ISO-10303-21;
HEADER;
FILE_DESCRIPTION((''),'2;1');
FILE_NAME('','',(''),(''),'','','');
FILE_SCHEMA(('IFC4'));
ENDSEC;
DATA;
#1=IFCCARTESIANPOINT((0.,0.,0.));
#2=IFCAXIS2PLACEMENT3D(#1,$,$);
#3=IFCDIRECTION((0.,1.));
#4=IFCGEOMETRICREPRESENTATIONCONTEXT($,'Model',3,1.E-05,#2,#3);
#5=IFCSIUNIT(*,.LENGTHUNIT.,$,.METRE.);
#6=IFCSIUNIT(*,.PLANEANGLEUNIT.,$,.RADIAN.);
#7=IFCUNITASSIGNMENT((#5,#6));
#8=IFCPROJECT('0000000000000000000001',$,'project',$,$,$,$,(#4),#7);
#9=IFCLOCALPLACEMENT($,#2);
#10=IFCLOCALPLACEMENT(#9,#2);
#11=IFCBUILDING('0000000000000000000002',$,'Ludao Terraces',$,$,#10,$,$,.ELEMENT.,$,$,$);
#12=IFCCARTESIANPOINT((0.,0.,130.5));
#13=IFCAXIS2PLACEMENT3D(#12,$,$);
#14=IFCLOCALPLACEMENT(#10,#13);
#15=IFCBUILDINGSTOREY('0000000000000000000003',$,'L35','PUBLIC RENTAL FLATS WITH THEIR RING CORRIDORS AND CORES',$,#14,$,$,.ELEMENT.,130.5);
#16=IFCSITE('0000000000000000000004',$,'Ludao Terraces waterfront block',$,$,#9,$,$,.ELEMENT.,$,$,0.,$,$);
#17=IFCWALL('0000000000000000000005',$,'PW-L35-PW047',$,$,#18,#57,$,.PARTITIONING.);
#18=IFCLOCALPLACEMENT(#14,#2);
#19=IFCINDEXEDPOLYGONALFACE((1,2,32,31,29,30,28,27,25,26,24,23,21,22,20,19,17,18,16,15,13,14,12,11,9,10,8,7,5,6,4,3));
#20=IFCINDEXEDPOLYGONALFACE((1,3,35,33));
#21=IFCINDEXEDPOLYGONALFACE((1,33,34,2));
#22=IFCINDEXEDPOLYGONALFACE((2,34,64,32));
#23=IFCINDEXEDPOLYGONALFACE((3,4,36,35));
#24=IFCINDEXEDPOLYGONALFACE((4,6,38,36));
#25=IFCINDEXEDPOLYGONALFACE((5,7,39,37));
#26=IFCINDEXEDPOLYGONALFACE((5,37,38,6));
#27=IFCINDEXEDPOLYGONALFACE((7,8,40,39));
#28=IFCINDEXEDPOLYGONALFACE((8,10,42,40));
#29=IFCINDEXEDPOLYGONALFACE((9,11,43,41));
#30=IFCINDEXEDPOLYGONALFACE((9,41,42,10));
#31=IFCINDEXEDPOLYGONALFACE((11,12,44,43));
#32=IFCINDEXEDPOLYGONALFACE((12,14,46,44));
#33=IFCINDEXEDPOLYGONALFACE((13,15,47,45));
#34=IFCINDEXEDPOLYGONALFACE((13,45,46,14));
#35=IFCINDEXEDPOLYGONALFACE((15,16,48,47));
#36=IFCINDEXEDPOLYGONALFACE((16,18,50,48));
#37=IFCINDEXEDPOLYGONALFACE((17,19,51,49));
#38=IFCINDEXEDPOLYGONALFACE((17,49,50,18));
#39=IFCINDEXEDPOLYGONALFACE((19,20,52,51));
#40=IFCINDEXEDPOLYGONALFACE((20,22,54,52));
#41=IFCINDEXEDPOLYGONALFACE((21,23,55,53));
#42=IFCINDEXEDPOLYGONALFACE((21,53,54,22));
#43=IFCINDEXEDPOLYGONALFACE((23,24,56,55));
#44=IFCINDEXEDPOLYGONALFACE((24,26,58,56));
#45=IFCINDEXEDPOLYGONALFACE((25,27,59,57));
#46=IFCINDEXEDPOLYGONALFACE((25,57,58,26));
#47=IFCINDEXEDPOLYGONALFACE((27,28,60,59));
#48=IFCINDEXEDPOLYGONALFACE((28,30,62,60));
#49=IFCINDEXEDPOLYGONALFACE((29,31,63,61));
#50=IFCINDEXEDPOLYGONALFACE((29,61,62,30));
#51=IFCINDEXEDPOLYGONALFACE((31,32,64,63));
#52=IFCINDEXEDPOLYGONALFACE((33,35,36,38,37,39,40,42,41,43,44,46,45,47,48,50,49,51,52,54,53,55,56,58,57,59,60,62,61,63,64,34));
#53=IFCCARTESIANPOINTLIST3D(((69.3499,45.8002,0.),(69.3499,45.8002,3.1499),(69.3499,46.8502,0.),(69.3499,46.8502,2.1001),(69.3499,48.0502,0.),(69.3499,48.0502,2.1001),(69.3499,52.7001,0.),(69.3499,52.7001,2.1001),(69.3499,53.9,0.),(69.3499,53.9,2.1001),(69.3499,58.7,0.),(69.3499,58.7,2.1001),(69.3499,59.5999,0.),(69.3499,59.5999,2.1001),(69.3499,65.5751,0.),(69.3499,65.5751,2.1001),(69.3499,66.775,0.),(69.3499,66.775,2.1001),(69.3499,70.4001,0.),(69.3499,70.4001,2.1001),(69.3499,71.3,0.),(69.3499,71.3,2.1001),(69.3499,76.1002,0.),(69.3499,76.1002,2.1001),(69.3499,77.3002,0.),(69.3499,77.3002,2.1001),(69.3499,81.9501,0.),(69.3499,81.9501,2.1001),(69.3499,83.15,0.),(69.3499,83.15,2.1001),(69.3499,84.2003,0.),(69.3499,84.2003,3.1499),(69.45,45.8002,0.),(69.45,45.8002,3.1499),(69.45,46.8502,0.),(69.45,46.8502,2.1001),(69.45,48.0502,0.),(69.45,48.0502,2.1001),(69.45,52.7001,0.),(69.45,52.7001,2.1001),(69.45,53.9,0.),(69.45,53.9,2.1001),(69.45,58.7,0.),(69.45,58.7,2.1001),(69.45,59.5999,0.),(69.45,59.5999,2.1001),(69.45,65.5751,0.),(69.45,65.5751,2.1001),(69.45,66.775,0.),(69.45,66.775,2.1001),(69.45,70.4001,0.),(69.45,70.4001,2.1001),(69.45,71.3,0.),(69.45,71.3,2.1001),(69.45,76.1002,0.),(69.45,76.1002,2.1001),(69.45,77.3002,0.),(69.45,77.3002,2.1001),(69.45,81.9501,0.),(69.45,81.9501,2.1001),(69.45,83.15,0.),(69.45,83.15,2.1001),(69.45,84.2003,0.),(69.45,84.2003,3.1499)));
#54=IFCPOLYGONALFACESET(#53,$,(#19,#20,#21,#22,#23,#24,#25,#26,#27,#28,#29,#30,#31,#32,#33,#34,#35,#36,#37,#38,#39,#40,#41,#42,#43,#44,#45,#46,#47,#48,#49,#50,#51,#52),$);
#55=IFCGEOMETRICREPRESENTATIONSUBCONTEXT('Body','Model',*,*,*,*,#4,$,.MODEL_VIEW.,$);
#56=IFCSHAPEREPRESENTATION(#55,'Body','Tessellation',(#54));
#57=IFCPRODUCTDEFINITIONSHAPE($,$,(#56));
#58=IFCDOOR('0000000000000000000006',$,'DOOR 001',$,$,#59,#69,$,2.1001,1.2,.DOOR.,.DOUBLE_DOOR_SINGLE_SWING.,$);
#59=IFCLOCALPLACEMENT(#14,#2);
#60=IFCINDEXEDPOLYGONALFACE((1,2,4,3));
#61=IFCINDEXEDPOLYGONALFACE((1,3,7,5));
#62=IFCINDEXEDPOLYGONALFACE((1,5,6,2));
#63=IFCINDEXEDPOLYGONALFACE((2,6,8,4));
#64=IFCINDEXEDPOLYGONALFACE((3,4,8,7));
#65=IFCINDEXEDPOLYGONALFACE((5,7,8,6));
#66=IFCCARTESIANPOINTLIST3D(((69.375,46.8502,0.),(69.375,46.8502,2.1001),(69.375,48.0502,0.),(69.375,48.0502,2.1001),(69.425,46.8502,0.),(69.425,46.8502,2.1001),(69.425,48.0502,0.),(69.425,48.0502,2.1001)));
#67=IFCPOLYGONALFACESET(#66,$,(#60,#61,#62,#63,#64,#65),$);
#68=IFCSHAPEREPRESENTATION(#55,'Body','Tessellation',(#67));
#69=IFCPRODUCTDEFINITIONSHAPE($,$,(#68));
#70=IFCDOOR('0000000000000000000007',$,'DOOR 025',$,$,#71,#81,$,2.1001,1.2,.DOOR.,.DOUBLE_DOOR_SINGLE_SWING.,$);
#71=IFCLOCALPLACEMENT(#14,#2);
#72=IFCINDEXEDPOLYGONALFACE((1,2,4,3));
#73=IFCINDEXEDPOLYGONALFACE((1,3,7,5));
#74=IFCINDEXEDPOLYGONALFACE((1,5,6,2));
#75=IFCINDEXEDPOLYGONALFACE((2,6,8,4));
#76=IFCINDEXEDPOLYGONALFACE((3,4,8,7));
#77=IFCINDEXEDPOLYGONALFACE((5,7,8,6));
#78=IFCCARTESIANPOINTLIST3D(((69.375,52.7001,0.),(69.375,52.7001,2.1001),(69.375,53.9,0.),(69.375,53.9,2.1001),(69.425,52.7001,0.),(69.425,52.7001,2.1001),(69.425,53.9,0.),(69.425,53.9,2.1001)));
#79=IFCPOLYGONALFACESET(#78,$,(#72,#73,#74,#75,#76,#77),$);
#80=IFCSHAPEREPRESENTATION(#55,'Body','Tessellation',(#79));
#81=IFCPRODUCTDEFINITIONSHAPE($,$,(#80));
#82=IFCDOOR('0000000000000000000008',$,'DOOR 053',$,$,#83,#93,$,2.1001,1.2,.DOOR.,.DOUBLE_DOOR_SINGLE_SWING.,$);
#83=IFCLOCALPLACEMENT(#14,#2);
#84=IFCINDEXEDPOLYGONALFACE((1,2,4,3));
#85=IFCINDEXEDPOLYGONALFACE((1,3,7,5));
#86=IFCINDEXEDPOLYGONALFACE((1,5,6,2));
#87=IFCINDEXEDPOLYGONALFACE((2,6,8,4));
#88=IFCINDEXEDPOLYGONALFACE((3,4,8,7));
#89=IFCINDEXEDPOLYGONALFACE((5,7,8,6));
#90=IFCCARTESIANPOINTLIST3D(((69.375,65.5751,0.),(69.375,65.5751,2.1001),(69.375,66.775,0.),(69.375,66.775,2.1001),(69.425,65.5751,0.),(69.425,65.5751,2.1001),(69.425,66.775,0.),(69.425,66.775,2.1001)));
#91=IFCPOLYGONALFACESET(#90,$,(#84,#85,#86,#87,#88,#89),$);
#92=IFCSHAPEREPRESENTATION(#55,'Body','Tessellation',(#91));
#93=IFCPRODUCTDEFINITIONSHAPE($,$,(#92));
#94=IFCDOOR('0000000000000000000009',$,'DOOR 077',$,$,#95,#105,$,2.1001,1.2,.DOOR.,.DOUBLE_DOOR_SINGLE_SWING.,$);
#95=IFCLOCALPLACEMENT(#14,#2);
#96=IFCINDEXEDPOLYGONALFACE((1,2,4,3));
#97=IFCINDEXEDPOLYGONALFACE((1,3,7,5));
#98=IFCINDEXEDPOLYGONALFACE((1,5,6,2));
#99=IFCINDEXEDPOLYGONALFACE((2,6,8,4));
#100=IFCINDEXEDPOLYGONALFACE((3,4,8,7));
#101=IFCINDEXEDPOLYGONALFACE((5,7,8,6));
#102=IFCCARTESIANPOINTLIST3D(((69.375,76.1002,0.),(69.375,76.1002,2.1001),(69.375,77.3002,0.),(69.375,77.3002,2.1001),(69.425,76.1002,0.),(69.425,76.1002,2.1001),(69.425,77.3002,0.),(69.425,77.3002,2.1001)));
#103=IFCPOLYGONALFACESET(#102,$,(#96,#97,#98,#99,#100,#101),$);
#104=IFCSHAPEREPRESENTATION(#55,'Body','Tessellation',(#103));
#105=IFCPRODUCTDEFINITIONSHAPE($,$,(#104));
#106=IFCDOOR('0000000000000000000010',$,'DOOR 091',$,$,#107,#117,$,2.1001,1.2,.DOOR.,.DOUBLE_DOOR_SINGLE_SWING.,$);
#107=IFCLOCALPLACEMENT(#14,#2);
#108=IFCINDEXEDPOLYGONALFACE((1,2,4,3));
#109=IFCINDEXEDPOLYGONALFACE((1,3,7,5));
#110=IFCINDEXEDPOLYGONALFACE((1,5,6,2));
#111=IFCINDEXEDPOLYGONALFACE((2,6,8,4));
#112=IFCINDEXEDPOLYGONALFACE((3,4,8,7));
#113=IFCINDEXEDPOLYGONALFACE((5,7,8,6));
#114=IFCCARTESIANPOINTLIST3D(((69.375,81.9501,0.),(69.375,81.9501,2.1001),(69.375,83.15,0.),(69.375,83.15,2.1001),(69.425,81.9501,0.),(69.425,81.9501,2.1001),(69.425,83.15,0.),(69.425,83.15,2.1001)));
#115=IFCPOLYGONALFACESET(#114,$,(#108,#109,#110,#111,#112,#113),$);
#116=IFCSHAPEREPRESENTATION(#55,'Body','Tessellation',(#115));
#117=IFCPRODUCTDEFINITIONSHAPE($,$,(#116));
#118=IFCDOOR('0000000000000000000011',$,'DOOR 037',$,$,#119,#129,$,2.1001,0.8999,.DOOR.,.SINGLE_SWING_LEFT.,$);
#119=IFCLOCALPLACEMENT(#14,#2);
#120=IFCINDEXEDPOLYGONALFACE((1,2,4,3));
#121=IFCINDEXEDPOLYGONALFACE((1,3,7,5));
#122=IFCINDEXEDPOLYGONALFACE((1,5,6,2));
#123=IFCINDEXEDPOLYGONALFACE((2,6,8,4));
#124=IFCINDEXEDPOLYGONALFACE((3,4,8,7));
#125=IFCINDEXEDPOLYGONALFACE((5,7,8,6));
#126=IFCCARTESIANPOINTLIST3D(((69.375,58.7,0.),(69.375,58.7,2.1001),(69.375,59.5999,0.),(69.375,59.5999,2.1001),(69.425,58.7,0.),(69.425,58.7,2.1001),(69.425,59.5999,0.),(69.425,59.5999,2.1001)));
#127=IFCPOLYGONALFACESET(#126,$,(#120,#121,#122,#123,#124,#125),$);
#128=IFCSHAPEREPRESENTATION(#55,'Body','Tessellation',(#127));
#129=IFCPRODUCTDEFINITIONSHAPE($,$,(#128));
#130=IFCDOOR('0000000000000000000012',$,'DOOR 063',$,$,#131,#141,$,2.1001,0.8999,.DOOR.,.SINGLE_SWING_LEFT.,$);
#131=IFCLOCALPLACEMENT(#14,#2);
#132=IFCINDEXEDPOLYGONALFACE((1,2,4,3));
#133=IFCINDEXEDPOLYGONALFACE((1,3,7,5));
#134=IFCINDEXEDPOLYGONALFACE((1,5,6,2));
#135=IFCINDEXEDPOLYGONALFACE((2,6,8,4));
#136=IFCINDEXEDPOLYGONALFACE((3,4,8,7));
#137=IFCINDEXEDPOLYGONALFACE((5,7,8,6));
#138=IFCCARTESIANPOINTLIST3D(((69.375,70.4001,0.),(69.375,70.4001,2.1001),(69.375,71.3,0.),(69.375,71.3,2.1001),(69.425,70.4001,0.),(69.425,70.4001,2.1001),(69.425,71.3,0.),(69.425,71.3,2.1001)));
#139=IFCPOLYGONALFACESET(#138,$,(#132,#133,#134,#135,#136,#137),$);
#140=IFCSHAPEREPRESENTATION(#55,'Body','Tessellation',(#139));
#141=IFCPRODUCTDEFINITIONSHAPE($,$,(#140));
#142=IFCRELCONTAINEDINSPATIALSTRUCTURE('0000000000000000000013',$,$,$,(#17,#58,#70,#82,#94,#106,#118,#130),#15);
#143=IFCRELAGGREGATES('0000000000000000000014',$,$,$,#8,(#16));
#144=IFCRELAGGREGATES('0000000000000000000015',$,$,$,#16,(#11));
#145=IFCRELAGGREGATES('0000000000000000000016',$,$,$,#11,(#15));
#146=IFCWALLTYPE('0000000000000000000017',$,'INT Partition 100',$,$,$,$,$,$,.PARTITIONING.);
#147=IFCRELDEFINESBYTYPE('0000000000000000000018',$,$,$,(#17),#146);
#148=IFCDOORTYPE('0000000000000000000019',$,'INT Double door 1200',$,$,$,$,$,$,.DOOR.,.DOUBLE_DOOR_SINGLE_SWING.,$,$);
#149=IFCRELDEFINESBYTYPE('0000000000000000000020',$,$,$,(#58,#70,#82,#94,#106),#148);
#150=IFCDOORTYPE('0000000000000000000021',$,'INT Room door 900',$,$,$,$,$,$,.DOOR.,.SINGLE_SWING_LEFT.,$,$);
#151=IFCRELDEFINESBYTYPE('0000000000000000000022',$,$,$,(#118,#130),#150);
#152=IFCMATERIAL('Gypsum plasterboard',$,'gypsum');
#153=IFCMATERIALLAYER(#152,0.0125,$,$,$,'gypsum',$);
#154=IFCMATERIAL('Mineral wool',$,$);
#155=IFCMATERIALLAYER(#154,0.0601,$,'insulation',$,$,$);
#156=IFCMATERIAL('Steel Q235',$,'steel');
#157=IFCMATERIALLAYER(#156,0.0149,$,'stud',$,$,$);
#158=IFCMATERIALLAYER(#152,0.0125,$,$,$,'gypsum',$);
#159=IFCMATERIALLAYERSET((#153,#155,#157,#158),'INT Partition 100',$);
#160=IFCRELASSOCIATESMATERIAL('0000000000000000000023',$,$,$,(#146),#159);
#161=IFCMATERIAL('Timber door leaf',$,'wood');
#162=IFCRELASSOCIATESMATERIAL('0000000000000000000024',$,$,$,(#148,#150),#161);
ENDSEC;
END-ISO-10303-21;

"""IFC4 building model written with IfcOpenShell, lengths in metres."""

from ifc_helpers import new_model, si_unit, direction, frame, frame_2d, origin, place, context, subcontext, project, spatial, rectangle, extrude, material, layer, layer_set, type_object, element, fill, save


model = new_model("IFC4")

# Units and contexts
model_context = context("Model", 3, precision=1e-05, world=origin(), true_north=direction((0.0, 1.0)))
body_context = subcontext(model_context, "Body", "Model", "MODEL_VIEW")
ifc_project = project(units=[si_unit("LENGTHUNIT", "METRE"), si_unit("PLANEANGLEUNIT", "RADIAN")], contexts=[model_context])

# Site, building, storey
site_placement = place(None, origin())
site = spatial("IfcSite", under=ifc_project, at=site_placement, Name="Ludao Terraces waterfront block", CompositionType="ELEMENT", RefElevation=0.0)
building_placement = place(site_placement, origin())
building = spatial("IfcBuilding", under=site, at=building_placement, Name="Ludao Terraces", CompositionType="ELEMENT")
storey_placement = place(building_placement, frame((0.0, 0.0, 130.5)))
storey = spatial("IfcBuildingStorey", under=building, at=storey_placement, Name="L35", Description="PUBLIC RENTAL FLATS WITH THEIR RING CORRIDORS AND CORES", CompositionType="ELEMENT", Elevation=130.5)

# Shared definitions
ifc_material_1 = material(Name="Mineral wool")

# Wall, openings, doors
ifc_material_2 = material(Name="Gypsum plasterboard", Category="gypsum")
ifc_layer_1 = layer(ifc_material_2, 0.0125, Category="gypsum")
ifc_layer_2 = layer(ifc_material_1, 0.0601, Name="insulation")
ifc_material_3 = material(Name="Steel Q235", Category="steel")
ifc_layer_3 = layer(ifc_material_3, 0.0149, Name="stud")
ifc_layer_4 = layer(ifc_material_2, 0.0125, Category="gypsum")
ifc_layer_set_1 = layer_set([ifc_layer_1, ifc_layer_2, ifc_layer_3, ifc_layer_4], Name="INT Partition 100")
wall_type_1 = type_object("IfcWallType", Name="INT Partition 100", PredefinedType="PARTITIONING", material=ifc_layer_set_1)
ifc_material_4 = material(Name="Timber door leaf", Category="wood")
wall_1_placement = place(storey_placement, frame((69.3999, 45.8, 0.0), z_axis=(0.0, 0.0, 1.0), x_axis=(0.0, 1.0, 0.0)))
wall_1 = element("IfcWall", 1, at=wall_1_placement, inside=storey, type_object=wall_type_1, Name="PW-L35-PW047", PredefinedType="PARTITIONING", context=body_context, shape_type="SweptSolid", body=[
    extrude(rectangle(XDim=38.4001, YDim=0.1001, at=frame_2d((19.2002, 0.0))), origin(), (0.0, 0.0, 1.0), 3.1499),
])
opening_1_placement = place(wall_1_placement, frame((1.05, 0.0, 0.0)))
opening_1 = element("IfcOpeningElement", 2, at=opening_1_placement, cuts=wall_1, PredefinedType="OPENING", context=body_context, shape_type="SweptSolid", body=[
    extrude(rectangle(XDim=1.2, YDim=2.1001, at=frame_2d((0.6001, 1.05))), frame((0.0, 0.0601, 0.0), z_axis=(0.0, -1.0, 0.0), x_axis=(1.0, 0.0, 0.0)), (0.0, 0.0, 1.0), 0.1201),
])
opening_2_placement = place(wall_1_placement, frame((6.8999, 0.0, 0.0)))
opening_2 = element("IfcOpeningElement", 3, at=opening_2_placement, cuts=wall_1, PredefinedType="OPENING", context=body_context, shape_type="SweptSolid", body=[
    extrude(rectangle(XDim=1.2, YDim=2.1001, at=frame_2d((0.6001, 1.05))), frame((0.0, 0.0601, 0.0), z_axis=(0.0, -1.0, 0.0), x_axis=(1.0, 0.0, 0.0)), (0.0, 0.0, 1.0), 0.1201),
])
opening_3_placement = place(wall_1_placement, frame((12.8999, 0.0, 0.0)))
opening_3 = element("IfcOpeningElement", 4, at=opening_3_placement, cuts=wall_1, PredefinedType="OPENING", context=body_context, shape_type="SweptSolid", body=[
    extrude(rectangle(XDim=0.8999, YDim=2.1001, at=frame_2d((0.45, 1.05))), frame((0.0, 0.0601, 0.0), z_axis=(0.0, -1.0, 0.0), x_axis=(1.0, 0.0, 0.0)), (0.0, 0.0, 1.0), 0.1201),
])
opening_4_placement = place(wall_1_placement, frame((19.7749, 0.0, 0.0)))
opening_4 = element("IfcOpeningElement", 5, at=opening_4_placement, cuts=wall_1, PredefinedType="OPENING", context=body_context, shape_type="SweptSolid", body=[
    extrude(rectangle(XDim=1.2, YDim=2.1001, at=frame_2d((0.6001, 1.05))), frame((0.0, 0.0601, 0.0), z_axis=(0.0, -1.0, 0.0), x_axis=(1.0, 0.0, 0.0)), (0.0, 0.0, 1.0), 0.1201),
])
opening_5_placement = place(wall_1_placement, frame((24.6001, 0.0, 0.0)))
opening_5 = element("IfcOpeningElement", 6, at=opening_5_placement, cuts=wall_1, PredefinedType="OPENING", context=body_context, shape_type="SweptSolid", body=[
    extrude(rectangle(XDim=0.8999, YDim=2.1001, at=frame_2d((0.45, 1.05))), frame((0.0, 0.0601, 0.0), z_axis=(0.0, -1.0, 0.0), x_axis=(1.0, 0.0, 0.0)), (0.0, 0.0, 1.0), 0.1201),
])
opening_6_placement = place(wall_1_placement, frame((30.3, 0.0, 0.0)))
opening_6 = element("IfcOpeningElement", 7, at=opening_6_placement, cuts=wall_1, PredefinedType="OPENING", context=body_context, shape_type="SweptSolid", body=[
    extrude(rectangle(XDim=1.2, YDim=2.1001, at=frame_2d((0.6001, 1.05))), frame((0.0, 0.0601, 0.0), z_axis=(0.0, -1.0, 0.0), x_axis=(1.0, 0.0, 0.0)), (0.0, 0.0, 1.0), 0.1201),
])
opening_7_placement = place(wall_1_placement, frame((36.1499, 0.0, 0.0)))
opening_7 = element("IfcOpeningElement", 8, at=opening_7_placement, cuts=wall_1, PredefinedType="OPENING", context=body_context, shape_type="SweptSolid", body=[
    extrude(rectangle(XDim=1.2, YDim=2.1001, at=frame_2d((0.6001, 1.05))), frame((0.0, 0.0601, 0.0), z_axis=(0.0, -1.0, 0.0), x_axis=(1.0, 0.0, 0.0)), (0.0, 0.0, 1.0), 0.1201),
])
door_type_1 = type_object("IfcDoorType", Name="INT Double door 1200", OperationType="DOUBLE_DOOR_SINGLE_SWING", PredefinedType="DOOR", material=ifc_material_4)
door_1_placement = place(opening_1_placement, origin())
door_1 = element("IfcDoor", 9, at=door_1_placement, inside=storey, type_object=door_type_1, Name="DOOR 001", OperationType="DOUBLE_DOOR_SINGLE_SWING", OverallHeight=2.1001, OverallWidth=1.2, PredefinedType="DOOR", context=body_context, shape_type="SweptSolid", body=[
    extrude(rectangle(XDim=1.2, YDim=2.1001, at=frame_2d((0.6001, 1.05))), frame((0.0, 0.0249, 0.0), z_axis=(0.0, -1.0, 0.0), x_axis=(1.0, 0.0, 0.0)), (0.0, 0.0, 1.0), 0.05),
])
fill(opening_1, door_1)
door_2_placement = place(opening_2_placement, origin())
door_2 = element("IfcDoor", 10, at=door_2_placement, inside=storey, type_object=door_type_1, Name="DOOR 025", OperationType="DOUBLE_DOOR_SINGLE_SWING", OverallHeight=2.1001, OverallWidth=1.2, PredefinedType="DOOR", context=body_context, shape_type="SweptSolid", body=[
    extrude(rectangle(XDim=1.2, YDim=2.1001, at=frame_2d((0.6001, 1.05))), frame((0.0, 0.0249, 0.0), z_axis=(0.0, -1.0, 0.0), x_axis=(1.0, 0.0, 0.0)), (0.0, 0.0, 1.0), 0.05),
])
fill(opening_2, door_2)
door_3_placement = place(opening_4_placement, origin())
door_3 = element("IfcDoor", 11, at=door_3_placement, inside=storey, type_object=door_type_1, Name="DOOR 053", OperationType="DOUBLE_DOOR_SINGLE_SWING", OverallHeight=2.1001, OverallWidth=1.2, PredefinedType="DOOR", context=body_context, shape_type="SweptSolid", body=[
    extrude(rectangle(XDim=1.2, YDim=2.1001, at=frame_2d((0.6001, 1.05))), frame((0.0, 0.0249, 0.0), z_axis=(0.0, -1.0, 0.0), x_axis=(1.0, 0.0, 0.0)), (0.0, 0.0, 1.0), 0.05),
])
fill(opening_4, door_3)
door_4_placement = place(opening_6_placement, origin())
door_4 = element("IfcDoor", 12, at=door_4_placement, inside=storey, type_object=door_type_1, Name="DOOR 077", OperationType="DOUBLE_DOOR_SINGLE_SWING", OverallHeight=2.1001, OverallWidth=1.2, PredefinedType="DOOR", context=body_context, shape_type="SweptSolid", body=[
    extrude(rectangle(XDim=1.2, YDim=2.1001, at=frame_2d((0.6001, 1.05))), frame((0.0, 0.0249, 0.0), z_axis=(0.0, -1.0, 0.0), x_axis=(1.0, 0.0, 0.0)), (0.0, 0.0, 1.0), 0.05),
])
fill(opening_6, door_4)
door_5_placement = place(opening_7_placement, origin())
door_5 = element("IfcDoor", 13, at=door_5_placement, inside=storey, type_object=door_type_1, Name="DOOR 091", OperationType="DOUBLE_DOOR_SINGLE_SWING", OverallHeight=2.1001, OverallWidth=1.2, PredefinedType="DOOR", context=body_context, shape_type="SweptSolid", body=[
    extrude(rectangle(XDim=1.2, YDim=2.1001, at=frame_2d((0.6001, 1.05))), frame((0.0, 0.0249, 0.0), z_axis=(0.0, -1.0, 0.0), x_axis=(1.0, 0.0, 0.0)), (0.0, 0.0, 1.0), 0.05),
])
fill(opening_7, door_5)
door_type_2 = type_object("IfcDoorType", Name="INT Room door 900", OperationType="SINGLE_SWING_LEFT", PredefinedType="DOOR", material=ifc_material_4)
door_6_placement = place(opening_3_placement, origin())
door_6 = element("IfcDoor", 14, at=door_6_placement, inside=storey, type_object=door_type_2, Name="DOOR 037", OperationType="SINGLE_SWING_LEFT", OverallHeight=2.1001, OverallWidth=0.8999, PredefinedType="DOOR", context=body_context, shape_type="SweptSolid", body=[
    extrude(rectangle(XDim=0.8999, YDim=2.1001, at=frame_2d((0.45, 1.05))), frame((0.0, 0.0249, 0.0), z_axis=(0.0, -1.0, 0.0), x_axis=(1.0, 0.0, 0.0)), (0.0, 0.0, 1.0), 0.05),
])
fill(opening_3, door_6)
door_7_placement = place(opening_5_placement, origin())
door_7 = element("IfcDoor", 15, at=door_7_placement, inside=storey, type_object=door_type_2, Name="DOOR 063", OperationType="SINGLE_SWING_LEFT", OverallHeight=2.1001, OverallWidth=0.8999, PredefinedType="DOOR", context=body_context, shape_type="SweptSolid", body=[
    extrude(rectangle(XDim=0.8999, YDim=2.1001, at=frame_2d((0.45, 1.05))), frame((0.0, 0.0249, 0.0), z_axis=(0.0, -1.0, 0.0), x_axis=(1.0, 0.0, 0.0)), (0.0, 0.0, 1.0), 0.05),
])
fill(opening_5, door_7)

save(model, "model.ifc")
